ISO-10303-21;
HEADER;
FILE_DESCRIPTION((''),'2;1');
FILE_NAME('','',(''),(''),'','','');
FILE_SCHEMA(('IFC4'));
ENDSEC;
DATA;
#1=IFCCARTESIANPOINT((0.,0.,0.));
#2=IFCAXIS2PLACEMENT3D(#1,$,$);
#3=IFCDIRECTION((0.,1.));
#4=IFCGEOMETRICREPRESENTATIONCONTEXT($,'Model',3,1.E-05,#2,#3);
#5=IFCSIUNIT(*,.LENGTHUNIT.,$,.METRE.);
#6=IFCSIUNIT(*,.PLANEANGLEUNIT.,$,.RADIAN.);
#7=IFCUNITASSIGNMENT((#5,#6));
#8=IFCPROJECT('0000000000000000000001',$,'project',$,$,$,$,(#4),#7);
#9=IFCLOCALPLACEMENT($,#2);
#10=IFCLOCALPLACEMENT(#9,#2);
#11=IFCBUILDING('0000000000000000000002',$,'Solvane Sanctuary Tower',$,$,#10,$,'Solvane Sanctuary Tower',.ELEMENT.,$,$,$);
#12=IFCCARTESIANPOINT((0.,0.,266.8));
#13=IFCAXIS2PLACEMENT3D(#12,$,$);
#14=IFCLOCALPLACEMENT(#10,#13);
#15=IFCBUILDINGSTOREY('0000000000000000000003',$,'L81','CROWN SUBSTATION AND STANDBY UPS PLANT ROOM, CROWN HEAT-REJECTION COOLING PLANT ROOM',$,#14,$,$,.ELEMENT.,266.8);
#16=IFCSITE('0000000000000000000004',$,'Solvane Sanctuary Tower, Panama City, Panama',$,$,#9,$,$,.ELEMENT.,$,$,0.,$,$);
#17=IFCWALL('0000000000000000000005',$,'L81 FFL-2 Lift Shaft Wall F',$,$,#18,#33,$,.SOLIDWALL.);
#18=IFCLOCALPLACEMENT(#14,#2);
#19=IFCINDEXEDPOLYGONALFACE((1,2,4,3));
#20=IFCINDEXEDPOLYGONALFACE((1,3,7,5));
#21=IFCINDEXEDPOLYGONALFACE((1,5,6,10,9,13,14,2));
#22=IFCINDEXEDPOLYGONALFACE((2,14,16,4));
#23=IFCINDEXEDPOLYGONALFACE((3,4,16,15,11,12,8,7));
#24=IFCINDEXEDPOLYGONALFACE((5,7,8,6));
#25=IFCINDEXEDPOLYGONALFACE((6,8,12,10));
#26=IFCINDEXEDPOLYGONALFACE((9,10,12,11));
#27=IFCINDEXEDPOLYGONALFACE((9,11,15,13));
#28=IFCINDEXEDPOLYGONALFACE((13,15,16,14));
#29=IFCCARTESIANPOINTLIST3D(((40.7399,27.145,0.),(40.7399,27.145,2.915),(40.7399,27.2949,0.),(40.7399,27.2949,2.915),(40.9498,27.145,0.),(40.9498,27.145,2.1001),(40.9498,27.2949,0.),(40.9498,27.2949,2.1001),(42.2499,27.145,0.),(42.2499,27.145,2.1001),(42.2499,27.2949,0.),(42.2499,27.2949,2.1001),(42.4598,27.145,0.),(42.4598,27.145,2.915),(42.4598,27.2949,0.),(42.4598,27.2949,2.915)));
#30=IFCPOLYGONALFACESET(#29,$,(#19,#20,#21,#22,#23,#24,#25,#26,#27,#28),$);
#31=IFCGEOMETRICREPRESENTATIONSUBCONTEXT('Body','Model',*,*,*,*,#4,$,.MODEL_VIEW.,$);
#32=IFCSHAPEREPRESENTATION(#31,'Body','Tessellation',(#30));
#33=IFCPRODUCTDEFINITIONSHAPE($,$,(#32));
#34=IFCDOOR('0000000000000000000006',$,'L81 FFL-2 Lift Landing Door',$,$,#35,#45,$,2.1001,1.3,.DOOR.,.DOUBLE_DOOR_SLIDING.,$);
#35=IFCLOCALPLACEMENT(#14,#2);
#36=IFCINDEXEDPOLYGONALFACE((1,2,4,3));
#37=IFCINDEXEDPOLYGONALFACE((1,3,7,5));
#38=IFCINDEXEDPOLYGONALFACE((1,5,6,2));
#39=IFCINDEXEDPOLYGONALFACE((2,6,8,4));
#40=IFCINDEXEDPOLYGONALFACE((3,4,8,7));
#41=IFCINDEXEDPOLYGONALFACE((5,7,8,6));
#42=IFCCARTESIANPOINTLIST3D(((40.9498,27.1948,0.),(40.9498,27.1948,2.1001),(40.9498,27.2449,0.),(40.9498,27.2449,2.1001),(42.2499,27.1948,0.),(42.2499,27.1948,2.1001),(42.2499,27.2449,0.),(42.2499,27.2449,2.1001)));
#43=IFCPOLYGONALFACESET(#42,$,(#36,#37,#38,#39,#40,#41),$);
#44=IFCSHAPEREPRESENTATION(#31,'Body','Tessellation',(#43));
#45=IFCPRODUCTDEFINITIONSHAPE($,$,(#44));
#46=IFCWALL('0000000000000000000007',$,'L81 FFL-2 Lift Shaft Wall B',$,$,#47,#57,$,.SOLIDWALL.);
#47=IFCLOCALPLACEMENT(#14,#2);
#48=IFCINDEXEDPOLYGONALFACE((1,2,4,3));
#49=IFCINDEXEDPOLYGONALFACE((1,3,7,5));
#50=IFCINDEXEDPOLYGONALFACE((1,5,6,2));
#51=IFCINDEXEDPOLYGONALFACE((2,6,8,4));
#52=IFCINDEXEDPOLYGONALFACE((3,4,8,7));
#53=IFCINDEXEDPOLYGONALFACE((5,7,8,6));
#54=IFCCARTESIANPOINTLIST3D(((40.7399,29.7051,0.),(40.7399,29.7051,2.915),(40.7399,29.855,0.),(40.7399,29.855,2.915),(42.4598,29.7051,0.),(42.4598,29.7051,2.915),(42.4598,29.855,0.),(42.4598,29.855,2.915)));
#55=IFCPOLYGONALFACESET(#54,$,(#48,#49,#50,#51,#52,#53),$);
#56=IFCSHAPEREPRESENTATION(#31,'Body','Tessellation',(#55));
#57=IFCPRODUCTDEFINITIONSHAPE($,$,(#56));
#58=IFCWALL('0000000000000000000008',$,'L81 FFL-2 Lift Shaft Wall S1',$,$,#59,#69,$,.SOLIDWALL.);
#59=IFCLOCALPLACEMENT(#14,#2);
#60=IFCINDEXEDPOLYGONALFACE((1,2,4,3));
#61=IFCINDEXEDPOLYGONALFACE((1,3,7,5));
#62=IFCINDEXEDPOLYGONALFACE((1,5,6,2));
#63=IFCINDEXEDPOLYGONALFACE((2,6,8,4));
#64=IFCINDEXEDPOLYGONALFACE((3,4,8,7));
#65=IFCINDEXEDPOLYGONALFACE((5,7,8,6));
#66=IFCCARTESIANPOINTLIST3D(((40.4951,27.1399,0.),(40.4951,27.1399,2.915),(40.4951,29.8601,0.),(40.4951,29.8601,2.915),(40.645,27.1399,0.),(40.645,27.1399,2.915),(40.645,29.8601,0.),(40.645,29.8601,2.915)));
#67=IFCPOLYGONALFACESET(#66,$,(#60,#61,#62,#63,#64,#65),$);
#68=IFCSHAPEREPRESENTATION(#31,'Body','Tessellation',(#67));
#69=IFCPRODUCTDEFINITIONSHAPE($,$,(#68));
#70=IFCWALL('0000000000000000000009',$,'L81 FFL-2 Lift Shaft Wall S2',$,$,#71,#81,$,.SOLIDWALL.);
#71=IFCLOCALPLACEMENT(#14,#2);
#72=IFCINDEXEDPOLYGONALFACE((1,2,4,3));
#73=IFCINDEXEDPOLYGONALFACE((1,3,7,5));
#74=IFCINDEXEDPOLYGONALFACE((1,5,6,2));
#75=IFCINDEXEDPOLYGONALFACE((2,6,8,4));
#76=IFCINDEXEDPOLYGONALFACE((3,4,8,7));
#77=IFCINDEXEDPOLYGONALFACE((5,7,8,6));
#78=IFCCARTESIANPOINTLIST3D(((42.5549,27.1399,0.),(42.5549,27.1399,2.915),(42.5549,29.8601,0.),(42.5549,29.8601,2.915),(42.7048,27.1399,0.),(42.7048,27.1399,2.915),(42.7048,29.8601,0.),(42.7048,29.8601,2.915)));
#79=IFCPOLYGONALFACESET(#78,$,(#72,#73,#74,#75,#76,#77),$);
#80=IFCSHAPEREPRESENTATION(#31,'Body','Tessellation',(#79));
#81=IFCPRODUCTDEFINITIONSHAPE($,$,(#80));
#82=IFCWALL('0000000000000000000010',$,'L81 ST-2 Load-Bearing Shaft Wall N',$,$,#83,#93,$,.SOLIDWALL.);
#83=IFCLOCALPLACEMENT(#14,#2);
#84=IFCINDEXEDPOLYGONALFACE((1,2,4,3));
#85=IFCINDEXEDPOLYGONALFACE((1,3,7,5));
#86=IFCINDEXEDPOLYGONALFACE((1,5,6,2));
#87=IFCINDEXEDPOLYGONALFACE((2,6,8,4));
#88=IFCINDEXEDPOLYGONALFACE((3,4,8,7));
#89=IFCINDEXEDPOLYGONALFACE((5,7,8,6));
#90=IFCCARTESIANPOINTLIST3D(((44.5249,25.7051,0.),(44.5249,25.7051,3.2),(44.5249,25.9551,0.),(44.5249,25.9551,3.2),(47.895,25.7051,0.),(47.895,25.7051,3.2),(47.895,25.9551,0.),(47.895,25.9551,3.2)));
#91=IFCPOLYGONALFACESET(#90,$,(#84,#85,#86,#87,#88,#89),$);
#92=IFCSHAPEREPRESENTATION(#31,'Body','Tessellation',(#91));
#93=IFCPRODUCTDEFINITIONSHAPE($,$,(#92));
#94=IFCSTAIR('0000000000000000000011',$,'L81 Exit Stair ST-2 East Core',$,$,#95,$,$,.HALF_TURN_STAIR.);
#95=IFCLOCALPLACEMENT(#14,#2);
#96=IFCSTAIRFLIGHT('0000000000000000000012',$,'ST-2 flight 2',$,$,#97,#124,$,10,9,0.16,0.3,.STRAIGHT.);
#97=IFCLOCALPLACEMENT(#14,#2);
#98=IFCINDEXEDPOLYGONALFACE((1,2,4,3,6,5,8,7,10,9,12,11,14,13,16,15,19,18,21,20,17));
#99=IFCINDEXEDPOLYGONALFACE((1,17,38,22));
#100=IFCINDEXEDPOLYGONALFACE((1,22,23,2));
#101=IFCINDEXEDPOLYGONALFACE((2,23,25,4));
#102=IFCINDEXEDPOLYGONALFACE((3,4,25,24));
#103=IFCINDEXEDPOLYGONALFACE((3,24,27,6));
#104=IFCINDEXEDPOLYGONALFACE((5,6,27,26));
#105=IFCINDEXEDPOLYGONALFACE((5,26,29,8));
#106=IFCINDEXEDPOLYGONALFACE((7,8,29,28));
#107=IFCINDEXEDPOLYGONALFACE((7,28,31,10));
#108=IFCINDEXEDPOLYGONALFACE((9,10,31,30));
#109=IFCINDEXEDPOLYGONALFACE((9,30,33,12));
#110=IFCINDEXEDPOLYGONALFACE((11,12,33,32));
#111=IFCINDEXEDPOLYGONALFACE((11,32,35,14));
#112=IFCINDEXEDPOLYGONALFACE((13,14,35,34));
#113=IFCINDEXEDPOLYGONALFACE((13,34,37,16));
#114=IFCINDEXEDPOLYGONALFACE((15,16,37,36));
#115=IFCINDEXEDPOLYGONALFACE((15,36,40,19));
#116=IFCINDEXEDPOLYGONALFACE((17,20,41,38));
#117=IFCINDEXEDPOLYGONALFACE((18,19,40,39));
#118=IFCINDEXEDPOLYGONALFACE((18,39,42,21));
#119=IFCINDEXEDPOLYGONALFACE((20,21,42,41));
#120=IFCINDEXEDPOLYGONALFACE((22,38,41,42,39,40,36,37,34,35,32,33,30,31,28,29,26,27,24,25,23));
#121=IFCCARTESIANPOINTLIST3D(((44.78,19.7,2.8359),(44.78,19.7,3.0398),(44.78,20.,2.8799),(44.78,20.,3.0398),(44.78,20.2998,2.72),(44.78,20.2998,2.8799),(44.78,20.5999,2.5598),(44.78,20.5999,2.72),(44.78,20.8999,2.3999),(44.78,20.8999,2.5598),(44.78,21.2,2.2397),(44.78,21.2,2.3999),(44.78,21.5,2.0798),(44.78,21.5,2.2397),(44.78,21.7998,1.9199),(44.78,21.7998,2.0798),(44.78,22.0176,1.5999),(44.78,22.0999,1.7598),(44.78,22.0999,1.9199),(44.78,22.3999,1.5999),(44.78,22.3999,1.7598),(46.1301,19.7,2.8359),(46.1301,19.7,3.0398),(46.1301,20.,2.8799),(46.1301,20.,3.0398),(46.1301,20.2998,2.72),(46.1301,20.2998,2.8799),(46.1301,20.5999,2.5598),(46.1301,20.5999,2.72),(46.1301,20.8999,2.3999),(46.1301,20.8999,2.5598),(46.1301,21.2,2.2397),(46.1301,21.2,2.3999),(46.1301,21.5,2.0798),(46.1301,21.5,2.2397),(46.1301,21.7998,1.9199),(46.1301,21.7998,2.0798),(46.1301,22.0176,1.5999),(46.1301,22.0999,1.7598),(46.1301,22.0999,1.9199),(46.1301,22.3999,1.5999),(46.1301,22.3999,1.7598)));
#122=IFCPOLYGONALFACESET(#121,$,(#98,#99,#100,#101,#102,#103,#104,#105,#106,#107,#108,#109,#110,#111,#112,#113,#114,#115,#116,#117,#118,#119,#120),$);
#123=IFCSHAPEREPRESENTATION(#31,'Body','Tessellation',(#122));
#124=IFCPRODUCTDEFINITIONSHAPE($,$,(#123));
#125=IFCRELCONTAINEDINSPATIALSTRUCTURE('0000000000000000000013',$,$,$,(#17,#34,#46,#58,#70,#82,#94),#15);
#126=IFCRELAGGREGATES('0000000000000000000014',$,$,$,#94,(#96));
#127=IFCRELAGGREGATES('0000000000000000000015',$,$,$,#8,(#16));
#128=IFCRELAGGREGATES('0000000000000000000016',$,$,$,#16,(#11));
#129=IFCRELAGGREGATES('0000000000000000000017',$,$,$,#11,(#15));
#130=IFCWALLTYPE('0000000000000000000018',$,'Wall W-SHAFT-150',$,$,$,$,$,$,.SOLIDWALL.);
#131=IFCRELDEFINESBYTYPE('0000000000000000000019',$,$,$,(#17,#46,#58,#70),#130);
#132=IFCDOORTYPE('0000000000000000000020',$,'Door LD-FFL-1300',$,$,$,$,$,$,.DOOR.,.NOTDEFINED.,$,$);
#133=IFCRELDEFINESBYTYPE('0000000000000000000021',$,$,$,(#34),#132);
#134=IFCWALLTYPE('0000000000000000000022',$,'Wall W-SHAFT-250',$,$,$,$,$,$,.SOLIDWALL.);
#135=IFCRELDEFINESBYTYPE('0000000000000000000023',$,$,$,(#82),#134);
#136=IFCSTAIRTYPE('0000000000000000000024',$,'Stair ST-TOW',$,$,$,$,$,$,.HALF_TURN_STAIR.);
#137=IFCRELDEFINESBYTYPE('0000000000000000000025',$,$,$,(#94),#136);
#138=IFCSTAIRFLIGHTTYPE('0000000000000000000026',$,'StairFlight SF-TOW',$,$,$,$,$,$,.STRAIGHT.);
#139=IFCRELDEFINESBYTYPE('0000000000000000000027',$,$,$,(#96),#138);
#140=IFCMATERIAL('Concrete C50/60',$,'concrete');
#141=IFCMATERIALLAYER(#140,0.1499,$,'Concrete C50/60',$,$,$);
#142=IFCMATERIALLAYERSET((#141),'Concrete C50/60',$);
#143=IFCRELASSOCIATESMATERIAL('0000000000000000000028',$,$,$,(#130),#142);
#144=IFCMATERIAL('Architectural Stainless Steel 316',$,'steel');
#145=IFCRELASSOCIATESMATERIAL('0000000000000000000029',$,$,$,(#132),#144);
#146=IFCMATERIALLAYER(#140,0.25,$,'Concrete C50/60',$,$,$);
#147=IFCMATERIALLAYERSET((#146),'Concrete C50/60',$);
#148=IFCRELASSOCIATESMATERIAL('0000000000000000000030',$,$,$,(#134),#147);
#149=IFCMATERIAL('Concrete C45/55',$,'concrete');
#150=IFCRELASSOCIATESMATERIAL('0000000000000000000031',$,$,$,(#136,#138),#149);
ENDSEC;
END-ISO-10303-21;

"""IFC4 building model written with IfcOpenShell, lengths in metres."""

from ifc_helpers import new_model, si_unit, direction, frame, frame_2d, origin, place, context, subcontext, project, spatial, polyline, rectangle, outline, extrude, material, layer, layer_set, type_object, element, fill, aggregate, save


model = new_model("IFC4")

# Units and contexts
model_context = context("Model", 3, precision=1e-05, world=origin(), true_north=direction((0.0, 1.0)))
body_context = subcontext(model_context, "Body", "Model", "MODEL_VIEW")
ifc_project = project(units=[si_unit("LENGTHUNIT", "METRE"), si_unit("PLANEANGLEUNIT", "RADIAN")], contexts=[model_context])

# Site, building, storey
site_placement = place(None, origin())
site = spatial("IfcSite", under=ifc_project, at=site_placement, Name="Solvane Sanctuary Tower, Panama City, Panama", CompositionType="ELEMENT", RefElevation=0.0)
building_placement = place(site_placement, origin())
building = spatial("IfcBuilding", under=site, at=building_placement, Name="Solvane Sanctuary Tower", LongName="Solvane Sanctuary Tower", CompositionType="ELEMENT")
storey_placement = place(building_placement, frame((0.0, 0.0, 266.8)))
storey = spatial("IfcBuildingStorey", under=building, at=storey_placement, Name="L81", Description="CROWN SUBSTATION AND STANDBY UPS PLANT ROOM, CROWN HEAT-REJECTION COOLING PLANT ROOM", CompositionType="ELEMENT", Elevation=266.8)

# Shared definitions
ifc_material_1 = material(Name="Concrete C50/60", Category="concrete")

# Shared definitions
ifc_material_2 = material(Name="Architectural Stainless Steel 316", Category="steel")

# Wall, opening, door
ifc_layer_1 = layer(ifc_material_1, 0.1499, Name="Concrete C50/60")
ifc_layer_set_1 = layer_set([ifc_layer_1], Name="Concrete C50/60")
wall_type_1 = type_object("IfcWallType", Name="Wall W-SHAFT-150", PredefinedType="SOLIDWALL", material=ifc_layer_set_1)
wall_1_placement = place(storey_placement, frame((40.74, 27.22, 0.0), z_axis=(0.0, 0.0, 1.0), x_axis=(1.0, 0.0, 0.0)))
wall_1 = element("IfcWall", 1, at=wall_1_placement, inside=storey, type_object=wall_type_1, Name="L81 FFL-2 Lift Shaft Wall F", PredefinedType="SOLIDWALL", context=body_context, shape_type="SweptSolid", body=[
    extrude(rectangle(XDim=1.72, YDim=0.1499, at=frame_2d((0.8599, 0.0))), origin(), (0.0, 0.0, 1.0), 2.915),
])
opening_1_placement = place(wall_1_placement, frame((0.21, 0.0, 0.0)))
opening_1 = element("IfcOpeningElement", 2, at=opening_1_placement, cuts=wall_1, PredefinedType="OPENING", context=body_context, shape_type="SweptSolid", body=[
    extrude(rectangle(XDim=1.3, YDim=2.1001, at=frame_2d((0.6499, 1.05))), frame((0.0, 0.085, 0.0), z_axis=(0.0, -1.0, 0.0), x_axis=(1.0, 0.0, 0.0)), (0.0, 0.0, 1.0), 0.1699),
])
door_type_1 = type_object("IfcDoorType", Name="Door LD-FFL-1300", OperationType="NOTDEFINED", PredefinedType="DOOR", material=ifc_material_2)
door_1_placement = place(opening_1_placement, origin())
door_1 = element("IfcDoor", 3, at=door_1_placement, inside=storey, type_object=door_type_1, Name="L81 FFL-2 Lift Landing Door", OperationType="DOUBLE_DOOR_SLIDING", OverallHeight=2.1001, OverallWidth=1.3, PredefinedType="DOOR", context=body_context, shape_type="SweptSolid", body=[
    extrude(rectangle(XDim=1.3, YDim=2.1001, at=frame_2d((0.6499, 1.05))), frame((0.0, 0.0249, 0.0), z_axis=(0.0, -1.0, 0.0), x_axis=(1.0, 0.0, 0.0)), (0.0, 0.0, 1.0), 0.05),
])
fill(opening_1, door_1)

# Walls
wall_2_placement = place(storey_placement, frame((40.74, 29.78, 0.0), z_axis=(0.0, 0.0, 1.0), x_axis=(1.0, 0.0, 0.0)))
element("IfcWall", 4, at=wall_2_placement, inside=storey, type_object=wall_type_1, Name="L81 FFL-2 Lift Shaft Wall B", PredefinedType="SOLIDWALL", context=body_context, shape_type="SweptSolid", body=[
    extrude(rectangle(XDim=1.72, YDim=0.1499, at=frame_2d((0.8599, 0.0))), origin(), (0.0, 0.0, 1.0), 2.915),
])
for number, where, z_axis, x_axis, name in (
    (5, (40.5701, 27.1399, 0.0), (0.0, 0.0, 1.0), (0.0, 1.0, 0.0), "L81 FFL-2 Lift Shaft Wall S1"),
    (6, (42.6299, 27.1399, 0.0), (0.0, 0.0, 1.0), (0.0, 1.0, 0.0), "L81 FFL-2 Lift Shaft Wall S2"),
):
    element("IfcWall", number, at=place(storey_placement, frame(where, z_axis=z_axis, x_axis=x_axis)), inside=storey, type_object=wall_type_1, Name=name, PredefinedType="SOLIDWALL", context=body_context, shape_type="SweptSolid", body=[
        extrude(rectangle(XDim=2.7202, YDim=0.1499, at=frame_2d((1.3601, 0.0))), origin(), (0.0, 0.0, 1.0), 2.915),
    ])
ifc_layer_2 = layer(ifc_material_1, 0.25, Name="Concrete C50/60")
ifc_layer_set_2 = layer_set([ifc_layer_2], Name="Concrete C50/60")
wall_type_2 = type_object("IfcWallType", Name="Wall W-SHAFT-250", PredefinedType="SOLIDWALL", material=ifc_layer_set_2)
wall_3_placement = place(storey_placement, frame((44.5249, 25.8301, 0.0), z_axis=(0.0, 0.0, 1.0), x_axis=(1.0, 0.0, 0.0)))
element("IfcWall", 7, at=wall_3_placement, inside=storey, type_object=wall_type_2, Name="L81 ST-2 Load-Bearing Shaft Wall N", PredefinedType="SOLIDWALL", context=body_context, shape_type="SweptSolid", body=[
    extrude(rectangle(XDim=3.3701, YDim=0.25, at=frame_2d((1.6851, 0.0))), origin(), (0.0, 0.0, 1.0), 3.2),
])

# Stair, stair flight
ifc_material_3 = material(Name="Concrete C45/55", Category="concrete")
stair_type = type_object("IfcStairType", Name="Stair ST-TOW", PredefinedType="HALF_TURN_STAIR", material=ifc_material_3)
stair_placement = place(storey_placement, origin())
stair = element("IfcStair", 8, at=stair_placement, inside=storey, type_object=stair_type, Name="L81 Exit Stair ST-2 East Core", PredefinedType="HALF_TURN_STAIR")
stair_flight_type = type_object("IfcStairFlightType", Name="StairFlight SF-TOW", PredefinedType="STRAIGHT", material=ifc_material_3)
stair_flight_placement = place(storey_placement, frame((45.4551, 22.3999, 1.5999), z_axis=(0.0, 0.0, 1.0), x_axis=(0.0, -1.0, 0.0)))
stair_flight = element("IfcStairFlight", 9, at=stair_flight_placement, type_object=stair_flight_type, Name="ST-2 flight 2", NumberOfRisers=10, NumberOfTreads=9, PredefinedType="STRAIGHT", RiserHeight=0.16, TreadLength=0.3, context=body_context, shape_type="SweptSolid", body=[
    extrude(outline(polyline([(0.0, 0.0), (0.0, 0.1599), (0.3, 0.1599), (0.3, 0.3201), (0.6001, 0.3201), (0.6001, 0.48), (0.8999, 0.48), (0.8999, 0.6399), (1.2, 0.6399), (1.2, 0.8), (1.5, 0.8), (1.5, 0.96), (1.8, 0.96), (1.8, 1.1201), (2.1001, 1.1201), (2.1001, 1.28), (2.3999, 1.28), (2.3999, 1.4399), (2.7, 1.4399), (2.7, 1.6001), (2.7, 1.2361), (0.3823, 0.0), (0.0, 0.0)])), frame((0.0, 0.675, 0.0), z_axis=(0.0, -1.0, 0.0), x_axis=(1.0, 0.0, 0.0)), (0.0, 0.0, 1.0), 1.3501),
])
aggregate(stair, [stair_flight])

save(model, "model.ifc")
